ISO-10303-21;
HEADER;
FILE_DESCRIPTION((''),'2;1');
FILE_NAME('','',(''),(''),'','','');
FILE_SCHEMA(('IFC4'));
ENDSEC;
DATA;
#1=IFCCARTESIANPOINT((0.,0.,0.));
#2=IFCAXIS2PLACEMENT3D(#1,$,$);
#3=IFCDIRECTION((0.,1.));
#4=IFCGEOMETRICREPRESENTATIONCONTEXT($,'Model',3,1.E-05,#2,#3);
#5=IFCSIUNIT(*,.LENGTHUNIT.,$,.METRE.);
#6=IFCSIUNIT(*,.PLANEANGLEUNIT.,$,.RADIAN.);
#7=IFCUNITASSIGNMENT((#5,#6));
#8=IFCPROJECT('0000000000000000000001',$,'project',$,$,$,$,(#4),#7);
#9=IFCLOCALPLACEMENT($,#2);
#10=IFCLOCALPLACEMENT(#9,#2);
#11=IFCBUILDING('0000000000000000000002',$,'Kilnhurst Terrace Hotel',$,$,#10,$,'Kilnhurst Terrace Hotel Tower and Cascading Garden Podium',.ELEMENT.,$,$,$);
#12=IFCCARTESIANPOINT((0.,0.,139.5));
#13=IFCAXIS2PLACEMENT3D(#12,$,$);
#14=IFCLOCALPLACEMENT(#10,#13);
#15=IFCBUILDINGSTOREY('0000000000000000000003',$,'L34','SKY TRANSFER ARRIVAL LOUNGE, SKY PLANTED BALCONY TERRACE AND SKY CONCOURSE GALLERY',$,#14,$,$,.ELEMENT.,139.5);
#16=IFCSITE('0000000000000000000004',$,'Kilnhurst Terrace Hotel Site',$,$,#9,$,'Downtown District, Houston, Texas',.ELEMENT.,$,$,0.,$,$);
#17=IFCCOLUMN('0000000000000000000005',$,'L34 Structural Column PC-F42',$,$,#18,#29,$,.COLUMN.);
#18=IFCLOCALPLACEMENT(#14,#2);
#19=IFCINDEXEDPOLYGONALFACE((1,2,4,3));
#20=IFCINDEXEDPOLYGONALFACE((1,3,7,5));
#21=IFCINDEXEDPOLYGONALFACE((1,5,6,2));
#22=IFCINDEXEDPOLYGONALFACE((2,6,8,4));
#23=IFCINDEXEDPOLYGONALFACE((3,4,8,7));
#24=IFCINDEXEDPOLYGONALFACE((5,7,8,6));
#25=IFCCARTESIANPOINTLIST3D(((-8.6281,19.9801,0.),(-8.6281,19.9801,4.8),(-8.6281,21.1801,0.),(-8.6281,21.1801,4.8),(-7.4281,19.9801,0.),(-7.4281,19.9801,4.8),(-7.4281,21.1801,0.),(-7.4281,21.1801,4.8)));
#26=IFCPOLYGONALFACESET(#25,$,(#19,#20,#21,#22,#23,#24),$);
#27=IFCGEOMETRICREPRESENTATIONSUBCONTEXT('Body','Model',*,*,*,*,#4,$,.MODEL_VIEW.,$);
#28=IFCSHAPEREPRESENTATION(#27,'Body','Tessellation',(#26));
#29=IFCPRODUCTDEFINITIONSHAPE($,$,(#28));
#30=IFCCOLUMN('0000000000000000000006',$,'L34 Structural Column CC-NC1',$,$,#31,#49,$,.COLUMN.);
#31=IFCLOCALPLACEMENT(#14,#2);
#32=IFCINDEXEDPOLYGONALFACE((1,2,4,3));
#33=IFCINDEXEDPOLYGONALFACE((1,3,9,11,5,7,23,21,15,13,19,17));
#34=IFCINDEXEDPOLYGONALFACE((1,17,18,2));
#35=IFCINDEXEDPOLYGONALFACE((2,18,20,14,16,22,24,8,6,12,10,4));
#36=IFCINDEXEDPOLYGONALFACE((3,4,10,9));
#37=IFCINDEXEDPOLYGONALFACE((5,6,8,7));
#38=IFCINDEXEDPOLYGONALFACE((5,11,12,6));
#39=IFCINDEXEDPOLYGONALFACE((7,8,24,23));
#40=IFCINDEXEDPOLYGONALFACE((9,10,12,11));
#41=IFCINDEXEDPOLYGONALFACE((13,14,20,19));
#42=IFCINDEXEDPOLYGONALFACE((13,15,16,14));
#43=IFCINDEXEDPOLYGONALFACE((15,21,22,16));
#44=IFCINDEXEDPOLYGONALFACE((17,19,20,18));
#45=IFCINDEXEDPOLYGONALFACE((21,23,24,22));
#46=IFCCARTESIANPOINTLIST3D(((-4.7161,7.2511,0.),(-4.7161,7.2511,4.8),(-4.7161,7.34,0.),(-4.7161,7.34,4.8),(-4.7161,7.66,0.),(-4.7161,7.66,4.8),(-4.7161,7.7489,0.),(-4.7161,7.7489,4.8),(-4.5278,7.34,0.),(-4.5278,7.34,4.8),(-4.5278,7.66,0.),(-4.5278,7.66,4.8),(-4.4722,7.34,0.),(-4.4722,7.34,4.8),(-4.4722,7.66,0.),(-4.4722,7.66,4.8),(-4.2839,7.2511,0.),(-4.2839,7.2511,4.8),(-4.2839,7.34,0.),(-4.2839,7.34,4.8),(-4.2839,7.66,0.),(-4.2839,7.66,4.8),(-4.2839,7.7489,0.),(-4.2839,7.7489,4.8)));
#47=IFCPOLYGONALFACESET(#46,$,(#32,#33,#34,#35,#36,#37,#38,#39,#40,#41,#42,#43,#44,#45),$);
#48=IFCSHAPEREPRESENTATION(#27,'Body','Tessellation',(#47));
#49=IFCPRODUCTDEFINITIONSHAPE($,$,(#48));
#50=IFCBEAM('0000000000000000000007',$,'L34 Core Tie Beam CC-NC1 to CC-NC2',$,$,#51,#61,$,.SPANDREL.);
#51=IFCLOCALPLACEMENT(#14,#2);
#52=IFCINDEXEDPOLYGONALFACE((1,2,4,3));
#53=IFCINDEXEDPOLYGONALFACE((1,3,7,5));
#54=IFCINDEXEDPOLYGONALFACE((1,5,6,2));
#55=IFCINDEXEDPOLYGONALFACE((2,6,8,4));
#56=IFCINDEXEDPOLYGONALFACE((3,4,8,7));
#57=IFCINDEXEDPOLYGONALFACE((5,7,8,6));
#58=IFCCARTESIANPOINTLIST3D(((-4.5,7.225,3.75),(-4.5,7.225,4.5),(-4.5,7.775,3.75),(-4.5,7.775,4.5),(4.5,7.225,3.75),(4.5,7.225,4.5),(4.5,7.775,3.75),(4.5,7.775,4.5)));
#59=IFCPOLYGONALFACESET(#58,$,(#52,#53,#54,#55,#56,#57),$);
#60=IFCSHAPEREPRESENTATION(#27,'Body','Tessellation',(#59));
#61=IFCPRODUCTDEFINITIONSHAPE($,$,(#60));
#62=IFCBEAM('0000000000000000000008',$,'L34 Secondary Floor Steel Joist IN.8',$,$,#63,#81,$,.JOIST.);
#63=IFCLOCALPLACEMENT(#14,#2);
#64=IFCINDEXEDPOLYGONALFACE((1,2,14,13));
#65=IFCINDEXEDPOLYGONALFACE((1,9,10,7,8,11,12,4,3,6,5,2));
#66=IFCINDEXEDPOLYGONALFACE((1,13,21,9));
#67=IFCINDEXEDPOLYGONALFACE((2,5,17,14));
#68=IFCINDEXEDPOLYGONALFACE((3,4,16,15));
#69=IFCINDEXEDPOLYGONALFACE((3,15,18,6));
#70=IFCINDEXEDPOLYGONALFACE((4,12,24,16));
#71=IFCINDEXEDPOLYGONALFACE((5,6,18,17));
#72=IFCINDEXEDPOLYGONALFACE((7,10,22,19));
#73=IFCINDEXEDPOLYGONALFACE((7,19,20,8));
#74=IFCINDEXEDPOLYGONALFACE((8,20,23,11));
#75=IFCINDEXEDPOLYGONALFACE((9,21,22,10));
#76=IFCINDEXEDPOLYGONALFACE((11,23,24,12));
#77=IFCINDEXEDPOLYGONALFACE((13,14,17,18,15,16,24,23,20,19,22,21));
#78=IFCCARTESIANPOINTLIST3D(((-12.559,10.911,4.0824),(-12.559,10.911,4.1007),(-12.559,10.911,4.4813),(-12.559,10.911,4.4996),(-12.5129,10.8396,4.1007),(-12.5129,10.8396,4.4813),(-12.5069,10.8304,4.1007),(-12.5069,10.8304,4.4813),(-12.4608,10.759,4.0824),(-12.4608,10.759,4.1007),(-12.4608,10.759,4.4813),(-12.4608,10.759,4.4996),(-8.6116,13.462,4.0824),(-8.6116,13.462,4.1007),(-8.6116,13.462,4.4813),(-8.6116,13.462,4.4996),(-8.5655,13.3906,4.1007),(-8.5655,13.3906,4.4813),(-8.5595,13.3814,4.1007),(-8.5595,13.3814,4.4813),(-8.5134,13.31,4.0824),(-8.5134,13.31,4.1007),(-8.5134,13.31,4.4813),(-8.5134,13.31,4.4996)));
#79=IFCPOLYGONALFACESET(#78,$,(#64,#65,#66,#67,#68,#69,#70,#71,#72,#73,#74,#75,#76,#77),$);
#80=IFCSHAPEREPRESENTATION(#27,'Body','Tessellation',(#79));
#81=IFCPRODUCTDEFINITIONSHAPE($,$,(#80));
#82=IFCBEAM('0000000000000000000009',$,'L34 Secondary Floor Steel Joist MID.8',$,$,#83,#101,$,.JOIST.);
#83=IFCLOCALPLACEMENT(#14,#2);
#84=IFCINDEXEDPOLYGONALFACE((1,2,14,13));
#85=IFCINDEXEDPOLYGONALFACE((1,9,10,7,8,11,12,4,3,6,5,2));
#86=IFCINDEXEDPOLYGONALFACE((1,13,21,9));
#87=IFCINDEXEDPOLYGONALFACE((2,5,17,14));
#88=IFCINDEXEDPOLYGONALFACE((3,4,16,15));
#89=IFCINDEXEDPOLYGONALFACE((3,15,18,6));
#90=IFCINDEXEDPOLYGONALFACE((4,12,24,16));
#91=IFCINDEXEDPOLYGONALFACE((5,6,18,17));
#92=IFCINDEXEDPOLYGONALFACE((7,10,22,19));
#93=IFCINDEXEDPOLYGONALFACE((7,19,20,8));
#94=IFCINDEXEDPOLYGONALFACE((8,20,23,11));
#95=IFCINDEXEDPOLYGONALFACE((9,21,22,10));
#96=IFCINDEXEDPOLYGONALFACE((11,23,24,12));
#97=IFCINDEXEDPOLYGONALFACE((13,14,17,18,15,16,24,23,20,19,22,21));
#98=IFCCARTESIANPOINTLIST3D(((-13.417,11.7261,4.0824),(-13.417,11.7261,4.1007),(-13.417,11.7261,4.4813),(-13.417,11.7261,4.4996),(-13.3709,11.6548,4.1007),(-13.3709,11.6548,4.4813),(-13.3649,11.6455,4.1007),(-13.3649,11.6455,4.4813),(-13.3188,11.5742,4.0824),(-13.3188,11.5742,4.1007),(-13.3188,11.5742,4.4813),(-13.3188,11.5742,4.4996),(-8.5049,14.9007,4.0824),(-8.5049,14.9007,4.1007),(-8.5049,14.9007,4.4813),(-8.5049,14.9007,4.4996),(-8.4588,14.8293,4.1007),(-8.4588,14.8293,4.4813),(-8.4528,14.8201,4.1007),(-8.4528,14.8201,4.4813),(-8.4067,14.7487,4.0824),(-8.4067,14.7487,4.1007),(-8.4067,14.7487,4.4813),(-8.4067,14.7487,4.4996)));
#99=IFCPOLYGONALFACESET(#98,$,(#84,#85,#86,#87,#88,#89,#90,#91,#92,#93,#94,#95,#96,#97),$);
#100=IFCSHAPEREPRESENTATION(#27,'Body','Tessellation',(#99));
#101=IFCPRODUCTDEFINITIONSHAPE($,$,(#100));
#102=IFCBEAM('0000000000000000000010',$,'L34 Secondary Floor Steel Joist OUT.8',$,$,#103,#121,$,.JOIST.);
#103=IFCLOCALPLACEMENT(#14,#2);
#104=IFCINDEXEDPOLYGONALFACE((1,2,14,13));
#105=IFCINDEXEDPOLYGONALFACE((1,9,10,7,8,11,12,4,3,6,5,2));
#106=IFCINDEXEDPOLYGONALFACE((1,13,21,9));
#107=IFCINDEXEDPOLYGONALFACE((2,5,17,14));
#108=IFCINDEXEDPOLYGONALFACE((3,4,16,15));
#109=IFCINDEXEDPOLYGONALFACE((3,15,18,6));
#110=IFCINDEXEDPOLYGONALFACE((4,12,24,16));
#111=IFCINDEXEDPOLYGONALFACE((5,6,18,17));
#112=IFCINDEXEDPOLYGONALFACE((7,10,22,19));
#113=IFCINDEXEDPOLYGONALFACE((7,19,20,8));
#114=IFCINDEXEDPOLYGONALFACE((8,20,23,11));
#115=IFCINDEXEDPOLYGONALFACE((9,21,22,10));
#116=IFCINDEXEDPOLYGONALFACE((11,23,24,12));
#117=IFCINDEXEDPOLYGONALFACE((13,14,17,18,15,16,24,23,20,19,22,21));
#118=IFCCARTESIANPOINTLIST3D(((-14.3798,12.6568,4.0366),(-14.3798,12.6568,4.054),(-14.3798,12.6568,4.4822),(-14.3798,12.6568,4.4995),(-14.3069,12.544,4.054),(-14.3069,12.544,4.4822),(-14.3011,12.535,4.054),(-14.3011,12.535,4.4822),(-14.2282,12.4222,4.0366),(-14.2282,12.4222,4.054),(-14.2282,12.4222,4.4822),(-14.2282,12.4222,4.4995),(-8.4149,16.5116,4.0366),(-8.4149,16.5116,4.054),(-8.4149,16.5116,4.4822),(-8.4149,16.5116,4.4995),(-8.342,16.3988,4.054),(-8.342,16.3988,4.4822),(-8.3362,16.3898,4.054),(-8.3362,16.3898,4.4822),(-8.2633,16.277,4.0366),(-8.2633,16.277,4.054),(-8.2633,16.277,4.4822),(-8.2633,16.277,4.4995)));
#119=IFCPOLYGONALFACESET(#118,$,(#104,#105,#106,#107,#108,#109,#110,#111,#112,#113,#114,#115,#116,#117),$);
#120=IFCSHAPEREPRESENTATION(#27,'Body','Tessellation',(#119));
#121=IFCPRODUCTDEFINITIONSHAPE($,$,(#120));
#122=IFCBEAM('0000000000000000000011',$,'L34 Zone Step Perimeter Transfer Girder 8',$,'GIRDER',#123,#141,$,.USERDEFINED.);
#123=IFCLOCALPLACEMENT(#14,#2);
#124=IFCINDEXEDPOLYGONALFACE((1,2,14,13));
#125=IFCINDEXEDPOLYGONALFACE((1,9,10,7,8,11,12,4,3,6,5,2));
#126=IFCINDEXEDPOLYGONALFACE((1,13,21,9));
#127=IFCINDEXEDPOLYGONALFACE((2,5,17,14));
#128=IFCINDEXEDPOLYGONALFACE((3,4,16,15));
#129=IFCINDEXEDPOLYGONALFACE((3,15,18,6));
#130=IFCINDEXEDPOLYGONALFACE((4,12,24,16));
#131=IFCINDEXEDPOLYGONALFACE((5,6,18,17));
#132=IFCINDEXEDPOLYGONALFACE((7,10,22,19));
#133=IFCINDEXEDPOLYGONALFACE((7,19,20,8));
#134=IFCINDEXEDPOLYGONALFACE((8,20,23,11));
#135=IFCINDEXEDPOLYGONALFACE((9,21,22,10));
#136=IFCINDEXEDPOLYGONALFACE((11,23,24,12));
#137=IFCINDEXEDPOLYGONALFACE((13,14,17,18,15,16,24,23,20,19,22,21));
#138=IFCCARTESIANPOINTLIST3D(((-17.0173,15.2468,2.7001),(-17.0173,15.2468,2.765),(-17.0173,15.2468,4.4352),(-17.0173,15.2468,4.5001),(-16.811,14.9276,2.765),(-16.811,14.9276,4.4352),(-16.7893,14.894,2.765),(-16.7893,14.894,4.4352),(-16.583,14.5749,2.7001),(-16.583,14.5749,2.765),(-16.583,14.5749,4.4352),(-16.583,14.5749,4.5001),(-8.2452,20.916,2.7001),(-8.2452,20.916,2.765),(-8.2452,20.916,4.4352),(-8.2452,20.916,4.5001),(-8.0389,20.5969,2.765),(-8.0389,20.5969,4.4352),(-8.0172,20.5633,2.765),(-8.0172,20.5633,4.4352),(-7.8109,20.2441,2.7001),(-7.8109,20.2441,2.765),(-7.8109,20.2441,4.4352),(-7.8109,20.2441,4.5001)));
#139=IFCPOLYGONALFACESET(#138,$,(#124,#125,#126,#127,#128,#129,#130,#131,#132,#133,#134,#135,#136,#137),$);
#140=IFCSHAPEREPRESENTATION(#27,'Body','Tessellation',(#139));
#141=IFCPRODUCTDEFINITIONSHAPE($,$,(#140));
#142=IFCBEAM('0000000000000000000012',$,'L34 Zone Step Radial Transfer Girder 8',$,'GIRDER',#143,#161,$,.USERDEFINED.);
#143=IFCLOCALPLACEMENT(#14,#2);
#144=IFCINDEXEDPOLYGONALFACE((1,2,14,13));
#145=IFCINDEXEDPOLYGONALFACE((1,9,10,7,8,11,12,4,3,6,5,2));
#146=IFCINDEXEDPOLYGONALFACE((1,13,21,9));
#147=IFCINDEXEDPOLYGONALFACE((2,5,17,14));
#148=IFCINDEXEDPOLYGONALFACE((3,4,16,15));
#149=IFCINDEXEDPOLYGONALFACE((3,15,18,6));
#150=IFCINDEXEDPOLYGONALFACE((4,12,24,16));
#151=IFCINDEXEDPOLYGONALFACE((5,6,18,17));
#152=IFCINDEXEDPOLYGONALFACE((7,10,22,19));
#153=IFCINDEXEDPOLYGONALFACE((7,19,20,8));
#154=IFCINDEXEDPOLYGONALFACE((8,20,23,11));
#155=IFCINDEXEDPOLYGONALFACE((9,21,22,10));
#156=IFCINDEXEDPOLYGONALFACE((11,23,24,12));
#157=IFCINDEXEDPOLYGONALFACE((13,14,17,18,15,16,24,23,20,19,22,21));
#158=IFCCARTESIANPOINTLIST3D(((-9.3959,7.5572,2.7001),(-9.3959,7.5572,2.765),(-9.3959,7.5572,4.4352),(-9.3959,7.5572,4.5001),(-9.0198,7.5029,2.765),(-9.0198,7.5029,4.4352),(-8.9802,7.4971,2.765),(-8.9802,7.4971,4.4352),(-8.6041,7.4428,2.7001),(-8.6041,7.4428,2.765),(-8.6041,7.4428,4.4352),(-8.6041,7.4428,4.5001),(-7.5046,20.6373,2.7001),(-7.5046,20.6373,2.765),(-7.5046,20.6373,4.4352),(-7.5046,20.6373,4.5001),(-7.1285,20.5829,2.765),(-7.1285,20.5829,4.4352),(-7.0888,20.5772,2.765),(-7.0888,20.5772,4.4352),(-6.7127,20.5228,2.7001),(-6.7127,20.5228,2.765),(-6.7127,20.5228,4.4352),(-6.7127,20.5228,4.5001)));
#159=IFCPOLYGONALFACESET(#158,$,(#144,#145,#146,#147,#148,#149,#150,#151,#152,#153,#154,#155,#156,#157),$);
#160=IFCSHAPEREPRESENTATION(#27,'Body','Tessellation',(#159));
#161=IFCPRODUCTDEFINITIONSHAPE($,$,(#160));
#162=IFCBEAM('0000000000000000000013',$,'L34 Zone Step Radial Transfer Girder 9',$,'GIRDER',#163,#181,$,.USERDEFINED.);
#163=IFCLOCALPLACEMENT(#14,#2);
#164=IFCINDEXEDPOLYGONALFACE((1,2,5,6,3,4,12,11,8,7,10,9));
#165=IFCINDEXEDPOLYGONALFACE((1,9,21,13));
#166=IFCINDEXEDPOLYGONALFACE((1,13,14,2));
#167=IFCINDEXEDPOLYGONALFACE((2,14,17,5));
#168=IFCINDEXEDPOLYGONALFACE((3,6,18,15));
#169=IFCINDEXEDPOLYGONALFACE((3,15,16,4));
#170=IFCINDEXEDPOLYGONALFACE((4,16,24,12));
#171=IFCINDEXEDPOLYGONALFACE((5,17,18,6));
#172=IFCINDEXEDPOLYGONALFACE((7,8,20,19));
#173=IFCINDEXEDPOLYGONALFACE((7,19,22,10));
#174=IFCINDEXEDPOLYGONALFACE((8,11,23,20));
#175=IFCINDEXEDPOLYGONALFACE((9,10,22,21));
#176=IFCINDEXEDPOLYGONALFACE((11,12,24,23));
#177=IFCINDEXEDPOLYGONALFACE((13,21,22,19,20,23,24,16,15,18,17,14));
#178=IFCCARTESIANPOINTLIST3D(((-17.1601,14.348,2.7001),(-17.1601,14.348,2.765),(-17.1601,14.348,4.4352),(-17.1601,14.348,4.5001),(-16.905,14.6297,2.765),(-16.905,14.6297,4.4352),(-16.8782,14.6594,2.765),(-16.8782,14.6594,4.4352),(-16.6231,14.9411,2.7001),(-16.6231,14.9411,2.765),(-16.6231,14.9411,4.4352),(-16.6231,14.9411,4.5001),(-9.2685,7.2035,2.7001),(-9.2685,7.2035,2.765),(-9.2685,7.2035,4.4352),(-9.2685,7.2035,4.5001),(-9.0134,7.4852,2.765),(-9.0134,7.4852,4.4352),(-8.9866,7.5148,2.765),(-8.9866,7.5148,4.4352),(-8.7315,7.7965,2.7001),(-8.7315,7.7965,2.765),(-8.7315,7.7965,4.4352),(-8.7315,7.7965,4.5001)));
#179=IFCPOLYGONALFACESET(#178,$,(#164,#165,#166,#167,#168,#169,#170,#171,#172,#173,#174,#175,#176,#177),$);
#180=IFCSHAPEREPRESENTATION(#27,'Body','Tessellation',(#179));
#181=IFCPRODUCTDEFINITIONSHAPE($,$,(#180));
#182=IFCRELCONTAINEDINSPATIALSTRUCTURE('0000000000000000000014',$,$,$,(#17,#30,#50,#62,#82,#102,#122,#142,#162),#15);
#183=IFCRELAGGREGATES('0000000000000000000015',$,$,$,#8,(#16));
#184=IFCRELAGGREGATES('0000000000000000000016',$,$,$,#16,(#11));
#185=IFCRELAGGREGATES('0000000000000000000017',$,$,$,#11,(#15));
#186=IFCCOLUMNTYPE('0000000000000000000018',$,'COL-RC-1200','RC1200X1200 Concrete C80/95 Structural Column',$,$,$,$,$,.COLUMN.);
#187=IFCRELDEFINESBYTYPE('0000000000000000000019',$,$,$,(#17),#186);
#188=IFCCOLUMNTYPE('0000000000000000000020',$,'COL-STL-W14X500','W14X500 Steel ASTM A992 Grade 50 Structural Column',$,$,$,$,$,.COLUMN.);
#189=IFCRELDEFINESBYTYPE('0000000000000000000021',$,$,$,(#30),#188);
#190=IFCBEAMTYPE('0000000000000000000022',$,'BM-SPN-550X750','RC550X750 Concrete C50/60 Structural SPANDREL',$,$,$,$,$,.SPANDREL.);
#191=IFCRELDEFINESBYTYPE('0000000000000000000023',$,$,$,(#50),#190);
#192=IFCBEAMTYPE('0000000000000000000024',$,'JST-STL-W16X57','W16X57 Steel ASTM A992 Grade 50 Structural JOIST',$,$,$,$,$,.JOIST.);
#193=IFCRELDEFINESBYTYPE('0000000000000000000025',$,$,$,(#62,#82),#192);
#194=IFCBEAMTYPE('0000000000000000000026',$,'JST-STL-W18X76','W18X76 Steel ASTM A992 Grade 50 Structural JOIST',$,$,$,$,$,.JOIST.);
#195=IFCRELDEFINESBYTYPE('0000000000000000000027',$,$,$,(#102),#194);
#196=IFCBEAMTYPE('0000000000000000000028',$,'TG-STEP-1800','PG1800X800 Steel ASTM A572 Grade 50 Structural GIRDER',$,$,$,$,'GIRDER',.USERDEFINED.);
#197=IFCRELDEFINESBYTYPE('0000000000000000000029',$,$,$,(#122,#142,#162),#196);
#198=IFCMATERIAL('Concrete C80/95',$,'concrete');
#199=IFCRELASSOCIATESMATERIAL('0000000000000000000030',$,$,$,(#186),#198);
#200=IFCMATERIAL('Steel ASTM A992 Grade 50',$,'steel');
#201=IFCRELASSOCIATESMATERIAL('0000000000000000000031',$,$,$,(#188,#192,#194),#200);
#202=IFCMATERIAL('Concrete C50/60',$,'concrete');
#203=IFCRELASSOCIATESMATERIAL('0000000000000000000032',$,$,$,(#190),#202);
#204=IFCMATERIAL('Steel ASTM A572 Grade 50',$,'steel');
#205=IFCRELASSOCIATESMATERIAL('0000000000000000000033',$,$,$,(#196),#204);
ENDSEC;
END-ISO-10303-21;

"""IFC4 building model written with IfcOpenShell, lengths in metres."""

from ifc_helpers import new_model, si_unit, direction, frame, origin, origin_2d, place, context, subcontext, project, spatial, rectangle, i_section, extrude, material, material_profile, profile_set, type_object, element, save


model = new_model("IFC4")

# Units and contexts
model_context = context("Model", 3, precision=1e-05, world=origin(), true_north=direction((0.0, 1.0)))
body_context = subcontext(model_context, "Body", "Model", "MODEL_VIEW")
ifc_project = project(units=[si_unit("LENGTHUNIT", "METRE"), si_unit("PLANEANGLEUNIT", "RADIAN")], contexts=[model_context])

# Site, building, storey
site_placement = place(None, origin())
site = spatial("IfcSite", under=ifc_project, at=site_placement, Name="Kilnhurst Terrace Hotel Site", LongName="Downtown District, Houston, Texas", CompositionType="ELEMENT", RefElevation=0.0)
building_placement = place(site_placement, origin())
building = spatial("IfcBuilding", under=site, at=building_placement, Name="Kilnhurst Terrace Hotel", LongName="Kilnhurst Terrace Hotel Tower and Cascading Garden Podium", CompositionType="ELEMENT")
storey_placement = place(building_placement, frame((0.0, 0.0, 139.5)))
storey = spatial("IfcBuildingStorey", under=building, at=storey_placement, Name="L34", Description="SKY TRANSFER ARRIVAL LOUNGE, SKY PLANTED BALCONY TERRACE AND SKY CONCOURSE GALLERY", CompositionType="ELEMENT", Elevation=139.5)

# Columns
ifc_material_1 = material(Name="Concrete C80/95", Category="concrete")
ifc_material_profile_1 = material_profile(ifc_material_1, rectangle(XDim=1.2, YDim=1.2, at=origin_2d()), Name="RC1200X1200")
ifc_profile_set_1 = profile_set([ifc_material_profile_1], Name="Concrete C80/95")
column_type_1 = type_object("IfcColumnType", Name="COL-RC-1200", Description="RC1200X1200 Concrete C80/95 Structural Column", PredefinedType="COLUMN", material=ifc_profile_set_1)
column_1_placement = place(storey_placement, frame((-8.0281, 20.5801, 0.0), z_axis=(0.0, 0.0, 1.0), x_axis=(1.0, 0.0, 0.0)))
element("IfcColumn", 1, at=column_1_placement, inside=storey, type_object=column_type_1, Name="L34 Structural Column PC-F42", PredefinedType="COLUMN", context=body_context, shape_type="SweptSolid", body=[
    extrude(rectangle(XDim=1.2, YDim=1.2, at=origin_2d()), origin(), (0.0, 0.0, 1.0), 4.8),
])
ifc_material_2 = material(Name="Steel ASTM A992 Grade 50", Category="steel")
ifc_material_profile_2 = material_profile(ifc_material_2, i_section(OverallWidth=0.4321, OverallDepth=0.4978, WebThickness=0.0557, FlangeThickness=0.0889, at=origin_2d()), Name="W14X500")
ifc_profile_set_2 = profile_set([ifc_material_profile_2], Name="Steel ASTM A992 Grade 50")
column_type_2 = type_object("IfcColumnType", Name="COL-STL-W14X500", Description="W14X500 Steel ASTM A992 Grade 50 Structural Column", PredefinedType="COLUMN", material=ifc_profile_set_2)
column_2_placement = place(storey_placement, frame((-4.5, 7.5, 0.0), z_axis=(0.0, 0.0, 1.0), x_axis=(1.0, 0.0, 0.0)))
element("IfcColumn", 2, at=column_2_placement, inside=storey, type_object=column_type_2, Name="L34 Structural Column CC-NC1", PredefinedType="COLUMN", context=body_context, shape_type="SweptSolid", body=[
    extrude(i_section(OverallWidth=0.4321, OverallDepth=0.4978, WebThickness=0.0557, FlangeThickness=0.0889, at=origin_2d()), origin(), (0.0, 0.0, 1.0), 4.8),
])

# Beams
ifc_material_3 = material(Name="Concrete C50/60", Category="concrete")
ifc_material_profile_3 = material_profile(ifc_material_3, rectangle(XDim=0.55, YDim=0.75, at=origin_2d()), Name="RC550X750")
ifc_profile_set_3 = profile_set([ifc_material_profile_3], Name="Concrete C50/60")
beam_type_1 = type_object("IfcBeamType", Name="BM-SPN-550X750", Description="RC550X750 Concrete C50/60 Structural SPANDREL", PredefinedType="SPANDREL", material=ifc_profile_set_3)
beam_1_placement = place(storey_placement, frame((-4.5, 7.5, 4.125), z_axis=(1.0, 0.0, 0.0), x_axis=(0.0, 1.0, 0.0)))
element("IfcBeam", 3, at=beam_1_placement, inside=storey, type_object=beam_type_1, Name="L34 Core Tie Beam CC-NC1 to CC-NC2", PredefinedType="SPANDREL", context=body_context, shape_type="SweptSolid", body=[
    extrude(rectangle(XDim=0.55, YDim=0.75, at=origin_2d()), origin(), (0.0, 0.0, 1.0), 9.0),
])
ifc_material_profile_4 = material_profile(ifc_material_2, i_section(OverallWidth=0.1809, OverallDepth=0.4172, WebThickness=0.011, FlangeThickness=0.0183, at=origin_2d()), Name="W16X57")
ifc_profile_set_4 = profile_set([ifc_material_profile_4], Name="Steel ASTM A992 Grade 50")
beam_type_2 = type_object("IfcBeamType", Name="JST-STL-W16X57", Description="W16X57 Steel ASTM A992 Grade 50 Structural JOIST", PredefinedType="JOIST", material=ifc_profile_set_4)
beam_2_placement = place(storey_placement, frame((-8.5625, 13.386, 4.291), z_axis=(-0.839885, -0.542764, 0.0), x_axis=(0.542764, -0.839885, 0.0)))
element("IfcBeam", 4, at=beam_2_placement, inside=storey, type_object=beam_type_2, Name="L34 Secondary Floor Steel Joist IN.8", PredefinedType="JOIST", context=body_context, shape_type="SweptSolid", body=[
    extrude(i_section(OverallWidth=0.1809, OverallDepth=0.4172, WebThickness=0.011, FlangeThickness=0.0183, at=origin_2d()), origin(), (0.0, 0.0, 1.0), 4.7),
])
beam_3_placement = place(storey_placement, frame((-8.4558, 14.8247, 4.291), z_axis=(-0.839871, -0.542786, 0.0), x_axis=(0.542786, -0.839871, 0.0)))
element("IfcBeam", 5, at=beam_3_placement, inside=storey, type_object=beam_type_2, Name="L34 Secondary Floor Steel Joist MID.8", PredefinedType="JOIST", context=body_context, shape_type="SweptSolid", body=[
    extrude(i_section(OverallWidth=0.1809, OverallDepth=0.4172, WebThickness=0.011, FlangeThickness=0.0183, at=origin_2d()), origin(), (0.0, 0.0, 1.0), 5.8486),
])
ifc_material_profile_5 = material_profile(ifc_material_2, i_section(OverallWidth=0.2793, OverallDepth=0.4629, WebThickness=0.0107, FlangeThickness=0.0173, at=origin_2d()), Name="W18X76")
ifc_profile_set_5 = profile_set([ifc_material_profile_5], Name="Steel ASTM A992 Grade 50")
beam_type_3 = type_object("IfcBeamType", Name="JST-STL-W18X76", Description="W18X76 Steel ASTM A992 Grade 50 Structural JOIST", PredefinedType="JOIST", material=ifc_profile_set_5)
beam_4_placement = place(storey_placement, frame((-8.3391, 16.3943, 4.2681), z_axis=(-0.839883, -0.542768, 0.0), x_axis=(0.542768, -0.839883, 0.0)))
element("IfcBeam", 6, at=beam_4_placement, inside=storey, type_object=beam_type_3, Name="L34 Secondary Floor Steel Joist OUT.8", PredefinedType="JOIST", context=body_context, shape_type="SweptSolid", body=[
    extrude(i_section(OverallWidth=0.2793, OverallDepth=0.4629, WebThickness=0.0107, FlangeThickness=0.0173, at=origin_2d()), origin(), (0.0, 0.0, 1.0), 7.1021),
])
ifc_material_4 = material(Name="Steel ASTM A572 Grade 50", Category="steel")
ifc_material_profile_6 = material_profile(ifc_material_4, i_section(OverallWidth=0.8, OverallDepth=1.8, WebThickness=0.04, FlangeThickness=0.0649, at=origin_2d()), Name="PG1800X800")
ifc_profile_set_6 = profile_set([ifc_material_profile_6], Name="Steel ASTM A572 Grade 50")
beam_type_4 = type_object("IfcBeamType", Name="TG-STEP-1800", Description="PG1800X800 Steel ASTM A572 Grade 50 Structural GIRDER", ElementType="GIRDER", PredefinedType="USERDEFINED", material=ifc_profile_set_6)
beam_5_placement = place(storey_placement, frame((-8.0281, 20.5801, 3.6001), z_axis=(-0.839867, -0.542793, 0.0), x_axis=(0.542793, -0.839867, 0.0)))
element("IfcBeam", 7, at=beam_5_placement, inside=storey, type_object=beam_type_4, Name="L34 Zone Step Perimeter Transfer Girder 8", ObjectType="GIRDER", PredefinedType="USERDEFINED", context=body_context, shape_type="SweptSolid", body=[
    extrude(i_section(OverallWidth=0.8, OverallDepth=1.8, WebThickness=0.04, FlangeThickness=0.0649, at=origin_2d()), origin(), (0.0, 0.0, 1.0), 10.4446),
])
beam_6_placement = place(storey_placement, frame((-9.0, 7.5, 3.6001), z_axis=(0.14311, 0.989707, 0.0), x_axis=(-0.989707, 0.14311, 0.0)))
element("IfcBeam", 8, at=beam_6_placement, inside=storey, type_object=beam_type_4, Name="L34 Zone Step Radial Transfer Girder 8", ObjectType="GIRDER", PredefinedType="USERDEFINED", context=body_context, shape_type="SweptSolid", body=[
    extrude(i_section(OverallWidth=0.8, OverallDepth=1.8, WebThickness=0.04, FlangeThickness=0.0649, at=origin_2d()), origin(), (0.0, 0.0, 1.0), 13.2161),
])
beam_7_placement = place(storey_placement, frame((-9.0, 7.5, 3.6001), z_axis=(-0.741325, 0.671146, 0.0), x_axis=(-0.671146, -0.741325, 0.0)))
element("IfcBeam", 9, at=beam_7_placement, inside=storey, type_object=beam_type_4, Name="L34 Zone Step Radial Transfer Girder 9", ObjectType="GIRDER", PredefinedType="USERDEFINED", context=body_context, shape_type="SweptSolid", body=[
    extrude(i_section(OverallWidth=0.8, OverallDepth=1.8, WebThickness=0.04, FlangeThickness=0.0649, at=origin_2d()), origin(), (0.0, 0.0, 1.0), 10.6453),
])

save(model, "model.ifc")
